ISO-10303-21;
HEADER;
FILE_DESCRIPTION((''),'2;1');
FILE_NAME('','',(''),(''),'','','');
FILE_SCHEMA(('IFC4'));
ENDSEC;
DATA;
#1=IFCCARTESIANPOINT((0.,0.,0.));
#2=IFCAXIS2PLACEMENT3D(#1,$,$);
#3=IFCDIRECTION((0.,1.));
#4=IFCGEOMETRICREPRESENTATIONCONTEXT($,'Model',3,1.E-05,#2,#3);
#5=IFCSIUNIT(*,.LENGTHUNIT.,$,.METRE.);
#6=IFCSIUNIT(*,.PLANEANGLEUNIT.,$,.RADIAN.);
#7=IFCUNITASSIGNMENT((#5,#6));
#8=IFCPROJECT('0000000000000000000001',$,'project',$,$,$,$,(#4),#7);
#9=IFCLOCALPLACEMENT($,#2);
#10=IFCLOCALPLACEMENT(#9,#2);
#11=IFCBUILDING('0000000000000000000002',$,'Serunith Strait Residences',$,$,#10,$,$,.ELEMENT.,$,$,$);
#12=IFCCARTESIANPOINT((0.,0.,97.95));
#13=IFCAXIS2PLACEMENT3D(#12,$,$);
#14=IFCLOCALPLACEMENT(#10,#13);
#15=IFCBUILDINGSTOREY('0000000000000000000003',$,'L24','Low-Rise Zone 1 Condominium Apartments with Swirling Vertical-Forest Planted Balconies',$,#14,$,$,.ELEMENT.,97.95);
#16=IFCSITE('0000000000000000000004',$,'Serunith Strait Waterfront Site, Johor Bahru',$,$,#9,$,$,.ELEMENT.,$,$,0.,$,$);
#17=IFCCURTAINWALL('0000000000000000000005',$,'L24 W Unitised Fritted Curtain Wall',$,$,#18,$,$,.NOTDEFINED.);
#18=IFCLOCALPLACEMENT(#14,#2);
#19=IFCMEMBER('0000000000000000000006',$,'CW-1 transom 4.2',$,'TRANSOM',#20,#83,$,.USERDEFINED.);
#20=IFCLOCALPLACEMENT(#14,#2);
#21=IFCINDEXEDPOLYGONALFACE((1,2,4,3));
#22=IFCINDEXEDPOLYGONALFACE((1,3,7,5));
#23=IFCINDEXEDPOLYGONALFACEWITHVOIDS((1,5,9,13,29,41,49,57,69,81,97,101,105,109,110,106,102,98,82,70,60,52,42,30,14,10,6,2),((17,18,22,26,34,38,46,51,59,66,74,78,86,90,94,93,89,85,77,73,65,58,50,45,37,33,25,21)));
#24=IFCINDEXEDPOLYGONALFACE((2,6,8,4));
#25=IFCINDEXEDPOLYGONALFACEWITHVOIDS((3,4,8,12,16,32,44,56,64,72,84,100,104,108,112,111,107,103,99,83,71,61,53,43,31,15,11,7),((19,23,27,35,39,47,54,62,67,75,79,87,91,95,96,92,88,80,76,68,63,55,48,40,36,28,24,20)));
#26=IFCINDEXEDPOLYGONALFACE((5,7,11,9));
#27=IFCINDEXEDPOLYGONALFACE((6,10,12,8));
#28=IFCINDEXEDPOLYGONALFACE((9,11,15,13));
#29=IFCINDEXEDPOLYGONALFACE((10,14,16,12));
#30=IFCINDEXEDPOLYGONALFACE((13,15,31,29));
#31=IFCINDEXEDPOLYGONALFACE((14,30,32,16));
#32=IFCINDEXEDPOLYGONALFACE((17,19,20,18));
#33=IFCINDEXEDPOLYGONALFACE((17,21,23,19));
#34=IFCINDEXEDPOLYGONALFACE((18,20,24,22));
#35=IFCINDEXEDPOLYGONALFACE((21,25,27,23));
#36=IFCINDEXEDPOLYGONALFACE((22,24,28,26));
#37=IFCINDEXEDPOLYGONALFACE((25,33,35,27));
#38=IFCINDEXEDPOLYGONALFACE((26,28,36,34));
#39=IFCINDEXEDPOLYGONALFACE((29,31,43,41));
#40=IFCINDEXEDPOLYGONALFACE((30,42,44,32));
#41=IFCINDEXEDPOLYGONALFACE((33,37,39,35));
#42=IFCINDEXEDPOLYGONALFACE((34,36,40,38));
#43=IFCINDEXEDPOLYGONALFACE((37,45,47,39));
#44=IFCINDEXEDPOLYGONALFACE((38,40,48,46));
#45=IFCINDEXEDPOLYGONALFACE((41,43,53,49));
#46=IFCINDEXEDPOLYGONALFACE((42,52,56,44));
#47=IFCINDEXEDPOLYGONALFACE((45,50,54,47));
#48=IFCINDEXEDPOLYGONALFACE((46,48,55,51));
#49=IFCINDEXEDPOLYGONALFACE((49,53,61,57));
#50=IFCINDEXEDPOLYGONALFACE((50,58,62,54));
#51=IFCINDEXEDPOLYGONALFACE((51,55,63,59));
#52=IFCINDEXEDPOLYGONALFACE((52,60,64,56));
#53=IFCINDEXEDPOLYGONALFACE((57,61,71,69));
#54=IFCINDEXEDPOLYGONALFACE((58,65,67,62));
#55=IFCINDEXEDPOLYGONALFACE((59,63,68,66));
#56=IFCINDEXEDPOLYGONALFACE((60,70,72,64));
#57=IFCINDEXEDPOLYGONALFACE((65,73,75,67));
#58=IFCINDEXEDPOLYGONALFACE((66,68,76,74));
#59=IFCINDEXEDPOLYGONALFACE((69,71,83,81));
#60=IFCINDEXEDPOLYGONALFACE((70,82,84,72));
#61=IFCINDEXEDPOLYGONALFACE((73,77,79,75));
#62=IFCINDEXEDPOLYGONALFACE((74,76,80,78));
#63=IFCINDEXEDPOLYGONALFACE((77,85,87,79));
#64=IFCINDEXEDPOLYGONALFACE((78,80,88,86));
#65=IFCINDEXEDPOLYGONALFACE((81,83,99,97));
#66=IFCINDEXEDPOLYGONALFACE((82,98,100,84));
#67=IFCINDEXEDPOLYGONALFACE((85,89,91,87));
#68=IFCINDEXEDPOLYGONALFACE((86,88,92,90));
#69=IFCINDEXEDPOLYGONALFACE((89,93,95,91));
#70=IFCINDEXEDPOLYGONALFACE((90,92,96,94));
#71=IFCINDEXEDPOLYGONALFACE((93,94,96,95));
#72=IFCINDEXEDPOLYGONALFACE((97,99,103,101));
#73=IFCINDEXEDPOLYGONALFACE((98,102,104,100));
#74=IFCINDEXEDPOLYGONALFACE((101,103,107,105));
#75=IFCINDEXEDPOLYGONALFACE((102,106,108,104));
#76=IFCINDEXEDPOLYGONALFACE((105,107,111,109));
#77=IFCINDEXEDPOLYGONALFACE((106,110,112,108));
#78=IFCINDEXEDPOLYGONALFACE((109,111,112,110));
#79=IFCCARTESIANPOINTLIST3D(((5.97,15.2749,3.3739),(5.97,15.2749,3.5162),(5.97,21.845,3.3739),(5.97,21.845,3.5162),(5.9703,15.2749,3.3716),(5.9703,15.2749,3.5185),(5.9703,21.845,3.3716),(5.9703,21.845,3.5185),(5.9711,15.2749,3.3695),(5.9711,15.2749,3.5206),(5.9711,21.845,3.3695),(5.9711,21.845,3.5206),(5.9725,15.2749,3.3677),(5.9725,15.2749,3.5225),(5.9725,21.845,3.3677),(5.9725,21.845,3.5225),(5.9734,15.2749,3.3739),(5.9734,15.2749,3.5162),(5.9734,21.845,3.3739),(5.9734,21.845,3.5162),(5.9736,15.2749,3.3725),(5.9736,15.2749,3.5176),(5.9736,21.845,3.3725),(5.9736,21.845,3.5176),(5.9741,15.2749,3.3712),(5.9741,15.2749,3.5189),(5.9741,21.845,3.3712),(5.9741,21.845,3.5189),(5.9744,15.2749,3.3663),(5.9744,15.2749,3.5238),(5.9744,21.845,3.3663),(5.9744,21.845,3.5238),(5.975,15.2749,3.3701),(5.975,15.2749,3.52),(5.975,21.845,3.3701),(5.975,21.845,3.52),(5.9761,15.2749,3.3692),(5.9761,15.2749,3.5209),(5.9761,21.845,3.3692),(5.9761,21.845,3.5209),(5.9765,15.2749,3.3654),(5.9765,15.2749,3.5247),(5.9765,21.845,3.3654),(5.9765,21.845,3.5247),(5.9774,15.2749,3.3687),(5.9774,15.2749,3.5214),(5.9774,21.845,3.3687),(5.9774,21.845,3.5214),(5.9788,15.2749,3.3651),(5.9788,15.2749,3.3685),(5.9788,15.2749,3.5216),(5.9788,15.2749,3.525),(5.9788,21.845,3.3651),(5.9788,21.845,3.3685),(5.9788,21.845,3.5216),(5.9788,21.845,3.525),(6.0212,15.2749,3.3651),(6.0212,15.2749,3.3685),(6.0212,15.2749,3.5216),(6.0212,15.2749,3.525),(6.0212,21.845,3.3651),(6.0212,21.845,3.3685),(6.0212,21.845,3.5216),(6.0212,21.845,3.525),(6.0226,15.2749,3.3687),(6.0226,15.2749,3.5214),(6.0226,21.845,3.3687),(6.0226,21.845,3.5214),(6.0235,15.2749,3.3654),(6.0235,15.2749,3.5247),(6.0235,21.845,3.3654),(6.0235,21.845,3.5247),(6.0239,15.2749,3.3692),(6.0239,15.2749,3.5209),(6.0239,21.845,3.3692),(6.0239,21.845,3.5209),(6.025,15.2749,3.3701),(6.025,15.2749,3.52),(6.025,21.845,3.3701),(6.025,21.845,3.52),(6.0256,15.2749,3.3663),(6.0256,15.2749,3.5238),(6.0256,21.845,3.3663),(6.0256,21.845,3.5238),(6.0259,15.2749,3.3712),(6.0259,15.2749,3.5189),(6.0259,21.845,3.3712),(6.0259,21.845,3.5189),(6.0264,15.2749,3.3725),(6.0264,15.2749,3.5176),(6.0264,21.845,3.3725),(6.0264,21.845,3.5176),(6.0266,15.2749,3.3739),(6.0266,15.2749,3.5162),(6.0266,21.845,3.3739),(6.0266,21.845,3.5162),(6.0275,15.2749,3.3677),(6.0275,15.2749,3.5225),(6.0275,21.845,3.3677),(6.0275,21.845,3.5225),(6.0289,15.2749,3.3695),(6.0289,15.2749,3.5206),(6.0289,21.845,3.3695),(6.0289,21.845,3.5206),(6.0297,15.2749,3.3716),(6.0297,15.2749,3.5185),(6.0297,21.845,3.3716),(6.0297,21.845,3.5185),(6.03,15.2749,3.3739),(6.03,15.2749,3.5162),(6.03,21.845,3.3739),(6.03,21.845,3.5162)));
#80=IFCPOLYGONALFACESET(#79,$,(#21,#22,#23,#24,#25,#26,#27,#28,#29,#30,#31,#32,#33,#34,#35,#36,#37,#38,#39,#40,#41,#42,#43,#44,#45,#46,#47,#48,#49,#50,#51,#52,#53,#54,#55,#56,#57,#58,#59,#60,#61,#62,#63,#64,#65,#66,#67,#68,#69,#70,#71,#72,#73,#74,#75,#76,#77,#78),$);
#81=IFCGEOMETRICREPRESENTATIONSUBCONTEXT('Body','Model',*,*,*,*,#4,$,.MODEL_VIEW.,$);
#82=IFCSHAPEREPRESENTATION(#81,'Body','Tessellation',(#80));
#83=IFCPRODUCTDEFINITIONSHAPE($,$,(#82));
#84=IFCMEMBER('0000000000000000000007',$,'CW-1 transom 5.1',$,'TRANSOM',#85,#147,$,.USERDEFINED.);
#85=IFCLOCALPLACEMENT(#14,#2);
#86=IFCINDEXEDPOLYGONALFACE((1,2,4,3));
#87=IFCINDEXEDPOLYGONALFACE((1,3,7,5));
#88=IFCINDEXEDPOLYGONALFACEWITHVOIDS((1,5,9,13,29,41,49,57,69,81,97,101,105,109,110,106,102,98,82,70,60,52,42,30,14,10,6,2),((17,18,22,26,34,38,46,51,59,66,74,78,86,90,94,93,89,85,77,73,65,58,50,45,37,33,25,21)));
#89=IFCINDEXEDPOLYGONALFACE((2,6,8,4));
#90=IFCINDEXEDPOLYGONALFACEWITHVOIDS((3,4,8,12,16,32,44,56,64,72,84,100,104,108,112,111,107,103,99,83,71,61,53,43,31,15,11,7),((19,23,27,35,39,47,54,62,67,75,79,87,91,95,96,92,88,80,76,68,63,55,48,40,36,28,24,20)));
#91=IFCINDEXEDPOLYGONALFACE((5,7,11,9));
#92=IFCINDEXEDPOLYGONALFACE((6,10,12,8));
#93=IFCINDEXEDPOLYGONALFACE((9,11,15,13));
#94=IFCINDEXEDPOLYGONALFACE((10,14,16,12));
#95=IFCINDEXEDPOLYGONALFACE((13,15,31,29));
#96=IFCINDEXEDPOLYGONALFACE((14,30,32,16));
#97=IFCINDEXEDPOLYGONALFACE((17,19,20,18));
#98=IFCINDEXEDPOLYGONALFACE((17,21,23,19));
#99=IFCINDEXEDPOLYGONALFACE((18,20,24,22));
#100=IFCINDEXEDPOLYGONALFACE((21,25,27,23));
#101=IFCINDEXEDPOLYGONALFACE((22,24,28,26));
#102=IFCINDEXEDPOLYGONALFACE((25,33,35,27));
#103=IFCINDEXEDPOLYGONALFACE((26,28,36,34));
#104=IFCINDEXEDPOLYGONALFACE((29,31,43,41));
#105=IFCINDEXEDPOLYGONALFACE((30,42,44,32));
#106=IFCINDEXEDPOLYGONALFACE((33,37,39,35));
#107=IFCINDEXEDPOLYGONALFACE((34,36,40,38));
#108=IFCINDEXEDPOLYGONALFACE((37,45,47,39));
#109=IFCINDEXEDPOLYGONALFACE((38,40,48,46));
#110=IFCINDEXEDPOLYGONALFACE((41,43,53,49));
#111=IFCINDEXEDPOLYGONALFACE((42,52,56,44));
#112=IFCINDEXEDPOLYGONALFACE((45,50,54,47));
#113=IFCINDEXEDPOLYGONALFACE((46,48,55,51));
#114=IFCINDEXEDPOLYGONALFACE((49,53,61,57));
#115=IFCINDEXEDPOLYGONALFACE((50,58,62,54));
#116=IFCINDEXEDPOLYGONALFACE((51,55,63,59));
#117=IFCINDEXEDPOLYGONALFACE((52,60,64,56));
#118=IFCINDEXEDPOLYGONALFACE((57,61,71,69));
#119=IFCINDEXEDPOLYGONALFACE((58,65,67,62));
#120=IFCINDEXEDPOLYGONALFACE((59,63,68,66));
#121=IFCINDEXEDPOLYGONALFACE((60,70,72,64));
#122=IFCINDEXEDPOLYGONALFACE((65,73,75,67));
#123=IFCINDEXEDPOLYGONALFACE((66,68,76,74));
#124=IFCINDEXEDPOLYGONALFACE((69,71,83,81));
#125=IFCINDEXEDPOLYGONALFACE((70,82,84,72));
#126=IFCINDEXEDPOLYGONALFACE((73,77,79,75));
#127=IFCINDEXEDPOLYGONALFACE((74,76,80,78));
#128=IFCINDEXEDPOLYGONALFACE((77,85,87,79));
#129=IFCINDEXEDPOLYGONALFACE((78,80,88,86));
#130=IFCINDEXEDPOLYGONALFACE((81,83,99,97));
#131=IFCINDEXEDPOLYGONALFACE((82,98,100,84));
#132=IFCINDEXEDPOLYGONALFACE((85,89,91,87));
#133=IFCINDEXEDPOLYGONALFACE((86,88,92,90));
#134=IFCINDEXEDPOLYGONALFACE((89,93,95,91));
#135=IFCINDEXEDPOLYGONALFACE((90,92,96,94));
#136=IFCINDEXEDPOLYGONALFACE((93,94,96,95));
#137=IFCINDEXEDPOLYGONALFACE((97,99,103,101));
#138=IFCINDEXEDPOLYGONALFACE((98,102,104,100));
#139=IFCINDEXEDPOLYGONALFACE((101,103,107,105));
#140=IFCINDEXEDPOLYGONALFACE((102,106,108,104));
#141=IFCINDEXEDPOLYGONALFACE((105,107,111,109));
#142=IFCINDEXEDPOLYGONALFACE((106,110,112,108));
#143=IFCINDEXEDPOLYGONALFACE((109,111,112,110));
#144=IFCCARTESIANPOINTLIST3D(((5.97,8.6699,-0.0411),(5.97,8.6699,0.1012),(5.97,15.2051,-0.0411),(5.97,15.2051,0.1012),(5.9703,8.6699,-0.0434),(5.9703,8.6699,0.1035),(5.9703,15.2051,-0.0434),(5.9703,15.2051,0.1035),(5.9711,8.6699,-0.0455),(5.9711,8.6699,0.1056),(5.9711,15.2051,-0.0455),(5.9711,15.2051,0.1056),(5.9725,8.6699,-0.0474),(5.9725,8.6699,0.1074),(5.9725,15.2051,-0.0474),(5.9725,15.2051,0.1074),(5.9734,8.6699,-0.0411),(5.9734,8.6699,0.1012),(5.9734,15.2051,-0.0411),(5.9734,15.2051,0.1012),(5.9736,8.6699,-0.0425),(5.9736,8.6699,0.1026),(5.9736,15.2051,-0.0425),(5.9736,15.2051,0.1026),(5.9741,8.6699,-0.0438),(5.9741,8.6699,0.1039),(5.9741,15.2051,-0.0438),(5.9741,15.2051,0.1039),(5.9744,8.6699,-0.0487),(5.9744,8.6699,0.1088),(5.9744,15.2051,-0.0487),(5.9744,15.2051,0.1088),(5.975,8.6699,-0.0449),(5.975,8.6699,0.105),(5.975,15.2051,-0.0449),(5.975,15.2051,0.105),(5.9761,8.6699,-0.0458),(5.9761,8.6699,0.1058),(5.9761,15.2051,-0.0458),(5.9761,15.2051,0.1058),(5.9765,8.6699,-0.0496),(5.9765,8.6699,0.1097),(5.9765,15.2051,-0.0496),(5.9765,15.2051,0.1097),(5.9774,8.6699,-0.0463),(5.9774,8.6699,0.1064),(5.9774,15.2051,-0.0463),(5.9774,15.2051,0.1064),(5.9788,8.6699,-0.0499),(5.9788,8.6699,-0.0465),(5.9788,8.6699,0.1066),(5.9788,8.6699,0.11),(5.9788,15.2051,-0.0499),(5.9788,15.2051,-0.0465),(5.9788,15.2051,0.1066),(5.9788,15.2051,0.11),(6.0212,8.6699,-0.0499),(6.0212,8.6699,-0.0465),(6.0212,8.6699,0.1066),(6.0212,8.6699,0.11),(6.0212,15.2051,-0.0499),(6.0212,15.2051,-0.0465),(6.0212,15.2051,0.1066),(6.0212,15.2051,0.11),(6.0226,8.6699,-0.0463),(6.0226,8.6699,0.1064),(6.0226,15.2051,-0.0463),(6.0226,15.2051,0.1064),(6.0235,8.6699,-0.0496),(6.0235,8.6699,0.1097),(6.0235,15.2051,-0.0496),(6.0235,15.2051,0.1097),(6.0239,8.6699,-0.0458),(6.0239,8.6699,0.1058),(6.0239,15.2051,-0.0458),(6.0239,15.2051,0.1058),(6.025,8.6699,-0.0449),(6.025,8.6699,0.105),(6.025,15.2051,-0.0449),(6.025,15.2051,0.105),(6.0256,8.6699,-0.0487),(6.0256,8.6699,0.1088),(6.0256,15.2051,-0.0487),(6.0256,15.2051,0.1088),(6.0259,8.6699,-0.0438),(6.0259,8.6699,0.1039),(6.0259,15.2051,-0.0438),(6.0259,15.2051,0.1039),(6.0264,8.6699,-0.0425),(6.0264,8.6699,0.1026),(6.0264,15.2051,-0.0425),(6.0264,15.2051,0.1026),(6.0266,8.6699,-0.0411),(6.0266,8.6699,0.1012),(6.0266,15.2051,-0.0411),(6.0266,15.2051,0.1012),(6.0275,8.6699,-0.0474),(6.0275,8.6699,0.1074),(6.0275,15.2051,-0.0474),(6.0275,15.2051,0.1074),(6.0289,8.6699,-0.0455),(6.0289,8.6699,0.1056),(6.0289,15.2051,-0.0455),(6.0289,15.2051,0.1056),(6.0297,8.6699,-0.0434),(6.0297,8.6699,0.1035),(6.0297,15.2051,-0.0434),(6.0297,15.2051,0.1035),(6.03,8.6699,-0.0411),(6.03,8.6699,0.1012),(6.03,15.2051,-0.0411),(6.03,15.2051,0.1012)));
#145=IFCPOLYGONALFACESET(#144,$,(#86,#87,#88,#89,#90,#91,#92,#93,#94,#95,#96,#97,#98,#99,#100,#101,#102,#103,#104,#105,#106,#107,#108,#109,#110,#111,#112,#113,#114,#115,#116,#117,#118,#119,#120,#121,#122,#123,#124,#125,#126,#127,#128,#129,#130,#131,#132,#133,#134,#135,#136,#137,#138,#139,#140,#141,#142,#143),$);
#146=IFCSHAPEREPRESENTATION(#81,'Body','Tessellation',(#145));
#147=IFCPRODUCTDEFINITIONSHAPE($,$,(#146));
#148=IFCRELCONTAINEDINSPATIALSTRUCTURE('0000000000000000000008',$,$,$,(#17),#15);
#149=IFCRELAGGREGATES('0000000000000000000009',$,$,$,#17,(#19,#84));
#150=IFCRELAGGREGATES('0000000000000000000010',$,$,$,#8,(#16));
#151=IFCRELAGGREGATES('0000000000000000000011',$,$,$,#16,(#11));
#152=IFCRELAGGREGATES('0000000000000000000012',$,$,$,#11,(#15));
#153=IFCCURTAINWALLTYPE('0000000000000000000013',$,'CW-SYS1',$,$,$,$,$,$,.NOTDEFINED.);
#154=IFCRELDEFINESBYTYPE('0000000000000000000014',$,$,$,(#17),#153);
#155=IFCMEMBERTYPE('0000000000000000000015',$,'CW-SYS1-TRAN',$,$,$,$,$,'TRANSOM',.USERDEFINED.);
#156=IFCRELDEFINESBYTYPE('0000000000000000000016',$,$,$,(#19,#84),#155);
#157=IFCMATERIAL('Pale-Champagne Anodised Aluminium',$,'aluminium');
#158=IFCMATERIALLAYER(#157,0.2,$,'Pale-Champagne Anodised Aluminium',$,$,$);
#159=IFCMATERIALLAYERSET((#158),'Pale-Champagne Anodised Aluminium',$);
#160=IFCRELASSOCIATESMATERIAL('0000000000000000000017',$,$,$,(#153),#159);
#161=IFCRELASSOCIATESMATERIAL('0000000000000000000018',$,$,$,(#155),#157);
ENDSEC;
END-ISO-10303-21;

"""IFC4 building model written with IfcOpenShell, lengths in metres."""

from ifc_helpers import new_model, si_unit, direction, frame, origin, origin_2d, place, context, subcontext, project, spatial, hollow_rectangle, extrude, source, transform, mapped, material, layer, layer_set, material_profile, profile_set, type_object, element, aggregate, save


model = new_model("IFC4")

# Units and contexts
model_context = context("Model", 3, precision=1e-05, world=origin(), true_north=direction((0.0, 1.0)))
body_context = subcontext(model_context, "Body", "Model", "MODEL_VIEW")
ifc_project = project(units=[si_unit("LENGTHUNIT", "METRE"), si_unit("PLANEANGLEUNIT", "RADIAN")], contexts=[model_context])

# Site, building, storey
site_placement = place(None, origin())
site = spatial("IfcSite", under=ifc_project, at=site_placement, Name="Serunith Strait Waterfront Site, Johor Bahru", CompositionType="ELEMENT", RefElevation=0.0)
building_placement = place(site_placement, origin())
building = spatial("IfcBuilding", under=site, at=building_placement, Name="Serunith Strait Residences", CompositionType="ELEMENT")
storey_placement = place(building_placement, frame((0.0, 0.0, 97.95)))
storey = spatial("IfcBuildingStorey", under=building, at=storey_placement, Name="L24", Description="Low-Rise Zone 1 Condominium Apartments with Swirling Vertical-Forest Planted Balconies", CompositionType="ELEMENT", Elevation=97.95)

# Curtain wall, members
ifc_material_1 = material(Name="Pale-Champagne Anodised Aluminium", Category="aluminium")
ifc_layer_1 = layer(ifc_material_1, 0.2, Name="Pale-Champagne Anodised Aluminium")
ifc_layer_set_1 = layer_set([ifc_layer_1], Name="Pale-Champagne Anodised Aluminium")
curtain_wall_type = type_object("IfcCurtainWallType", Name="CW-SYS1", PredefinedType="NOTDEFINED", material=ifc_layer_set_1)
curtain_wall_placement = place(storey_placement, origin())
curtain_wall = element("IfcCurtainWall", 1, at=curtain_wall_placement, inside=storey, type_object=curtain_wall_type, Name="L24 W Unitised Fritted Curtain Wall", PredefinedType="NOTDEFINED")
ifc_material_profile_1 = material_profile(ifc_material_1, hollow_rectangle(XDim=0.0601, YDim=0.1599, WallThickness=0.0034, InnerFilletRadius=0.0054, OuterFilletRadius=0.0088, at=origin_2d()), Name="ALU 160x60x3.5")
ifc_profile_set_1 = profile_set([ifc_material_profile_1], Name="Pale-Champagne Anodised Aluminium")
member_type_1 = type_object("IfcMemberType", Name="CW-SYS1-TRAN", ElementType="TRANSOM", PredefinedType="USERDEFINED", material=ifc_profile_set_1)
shared_shape_1 = source(origin(), body_context, "Body", "SweptSolid", [
    extrude(hollow_rectangle(XDim=0.0601, YDim=0.1599, WallThickness=0.0034, InnerFilletRadius=0.0054, OuterFilletRadius=0.0088, at=origin_2d()), origin(), (0.0, 0.0, 1.0), 6.5701),
])
member_1_placement = place(storey_placement, frame((6.0, 21.845, 3.4451), z_axis=(0.0, -1.0, 0.0), x_axis=(1.0, 0.0, 0.0)))
member_1 = element("IfcMember", 2, at=member_1_placement, type_object=member_type_1, Name="CW-1 transom 4.2", ObjectType="TRANSOM", PredefinedType="USERDEFINED", context=body_context, shape_type="MappedRepresentation", body=[
    mapped(shared_shape_1, transform((0.0, 0.0, 0.0), scale=1.0)),
])
shared_shape_2 = source(origin(), body_context, "Body", "SweptSolid", [
    extrude(hollow_rectangle(XDim=0.0601, YDim=0.1599, WallThickness=0.0034, InnerFilletRadius=0.0054, OuterFilletRadius=0.0088, at=origin_2d()), origin(), (0.0, 0.0, 1.0), 6.5352),
])
member_2_placement = place(storey_placement, frame((6.0, 15.2051, 0.03), z_axis=(0.0, -1.0, 0.0), x_axis=(1.0, 0.0, 0.0)))
member_2 = element("IfcMember", 3, at=member_2_placement, type_object=member_type_1, Name="CW-1 transom 5.1", ObjectType="TRANSOM", PredefinedType="USERDEFINED", context=body_context, shape_type="MappedRepresentation", body=[
    mapped(shared_shape_2, transform((0.0, 0.0, 0.0), scale=1.0)),
])
aggregate(curtain_wall, [member_1, member_2])

save(model, "model.ifc")
